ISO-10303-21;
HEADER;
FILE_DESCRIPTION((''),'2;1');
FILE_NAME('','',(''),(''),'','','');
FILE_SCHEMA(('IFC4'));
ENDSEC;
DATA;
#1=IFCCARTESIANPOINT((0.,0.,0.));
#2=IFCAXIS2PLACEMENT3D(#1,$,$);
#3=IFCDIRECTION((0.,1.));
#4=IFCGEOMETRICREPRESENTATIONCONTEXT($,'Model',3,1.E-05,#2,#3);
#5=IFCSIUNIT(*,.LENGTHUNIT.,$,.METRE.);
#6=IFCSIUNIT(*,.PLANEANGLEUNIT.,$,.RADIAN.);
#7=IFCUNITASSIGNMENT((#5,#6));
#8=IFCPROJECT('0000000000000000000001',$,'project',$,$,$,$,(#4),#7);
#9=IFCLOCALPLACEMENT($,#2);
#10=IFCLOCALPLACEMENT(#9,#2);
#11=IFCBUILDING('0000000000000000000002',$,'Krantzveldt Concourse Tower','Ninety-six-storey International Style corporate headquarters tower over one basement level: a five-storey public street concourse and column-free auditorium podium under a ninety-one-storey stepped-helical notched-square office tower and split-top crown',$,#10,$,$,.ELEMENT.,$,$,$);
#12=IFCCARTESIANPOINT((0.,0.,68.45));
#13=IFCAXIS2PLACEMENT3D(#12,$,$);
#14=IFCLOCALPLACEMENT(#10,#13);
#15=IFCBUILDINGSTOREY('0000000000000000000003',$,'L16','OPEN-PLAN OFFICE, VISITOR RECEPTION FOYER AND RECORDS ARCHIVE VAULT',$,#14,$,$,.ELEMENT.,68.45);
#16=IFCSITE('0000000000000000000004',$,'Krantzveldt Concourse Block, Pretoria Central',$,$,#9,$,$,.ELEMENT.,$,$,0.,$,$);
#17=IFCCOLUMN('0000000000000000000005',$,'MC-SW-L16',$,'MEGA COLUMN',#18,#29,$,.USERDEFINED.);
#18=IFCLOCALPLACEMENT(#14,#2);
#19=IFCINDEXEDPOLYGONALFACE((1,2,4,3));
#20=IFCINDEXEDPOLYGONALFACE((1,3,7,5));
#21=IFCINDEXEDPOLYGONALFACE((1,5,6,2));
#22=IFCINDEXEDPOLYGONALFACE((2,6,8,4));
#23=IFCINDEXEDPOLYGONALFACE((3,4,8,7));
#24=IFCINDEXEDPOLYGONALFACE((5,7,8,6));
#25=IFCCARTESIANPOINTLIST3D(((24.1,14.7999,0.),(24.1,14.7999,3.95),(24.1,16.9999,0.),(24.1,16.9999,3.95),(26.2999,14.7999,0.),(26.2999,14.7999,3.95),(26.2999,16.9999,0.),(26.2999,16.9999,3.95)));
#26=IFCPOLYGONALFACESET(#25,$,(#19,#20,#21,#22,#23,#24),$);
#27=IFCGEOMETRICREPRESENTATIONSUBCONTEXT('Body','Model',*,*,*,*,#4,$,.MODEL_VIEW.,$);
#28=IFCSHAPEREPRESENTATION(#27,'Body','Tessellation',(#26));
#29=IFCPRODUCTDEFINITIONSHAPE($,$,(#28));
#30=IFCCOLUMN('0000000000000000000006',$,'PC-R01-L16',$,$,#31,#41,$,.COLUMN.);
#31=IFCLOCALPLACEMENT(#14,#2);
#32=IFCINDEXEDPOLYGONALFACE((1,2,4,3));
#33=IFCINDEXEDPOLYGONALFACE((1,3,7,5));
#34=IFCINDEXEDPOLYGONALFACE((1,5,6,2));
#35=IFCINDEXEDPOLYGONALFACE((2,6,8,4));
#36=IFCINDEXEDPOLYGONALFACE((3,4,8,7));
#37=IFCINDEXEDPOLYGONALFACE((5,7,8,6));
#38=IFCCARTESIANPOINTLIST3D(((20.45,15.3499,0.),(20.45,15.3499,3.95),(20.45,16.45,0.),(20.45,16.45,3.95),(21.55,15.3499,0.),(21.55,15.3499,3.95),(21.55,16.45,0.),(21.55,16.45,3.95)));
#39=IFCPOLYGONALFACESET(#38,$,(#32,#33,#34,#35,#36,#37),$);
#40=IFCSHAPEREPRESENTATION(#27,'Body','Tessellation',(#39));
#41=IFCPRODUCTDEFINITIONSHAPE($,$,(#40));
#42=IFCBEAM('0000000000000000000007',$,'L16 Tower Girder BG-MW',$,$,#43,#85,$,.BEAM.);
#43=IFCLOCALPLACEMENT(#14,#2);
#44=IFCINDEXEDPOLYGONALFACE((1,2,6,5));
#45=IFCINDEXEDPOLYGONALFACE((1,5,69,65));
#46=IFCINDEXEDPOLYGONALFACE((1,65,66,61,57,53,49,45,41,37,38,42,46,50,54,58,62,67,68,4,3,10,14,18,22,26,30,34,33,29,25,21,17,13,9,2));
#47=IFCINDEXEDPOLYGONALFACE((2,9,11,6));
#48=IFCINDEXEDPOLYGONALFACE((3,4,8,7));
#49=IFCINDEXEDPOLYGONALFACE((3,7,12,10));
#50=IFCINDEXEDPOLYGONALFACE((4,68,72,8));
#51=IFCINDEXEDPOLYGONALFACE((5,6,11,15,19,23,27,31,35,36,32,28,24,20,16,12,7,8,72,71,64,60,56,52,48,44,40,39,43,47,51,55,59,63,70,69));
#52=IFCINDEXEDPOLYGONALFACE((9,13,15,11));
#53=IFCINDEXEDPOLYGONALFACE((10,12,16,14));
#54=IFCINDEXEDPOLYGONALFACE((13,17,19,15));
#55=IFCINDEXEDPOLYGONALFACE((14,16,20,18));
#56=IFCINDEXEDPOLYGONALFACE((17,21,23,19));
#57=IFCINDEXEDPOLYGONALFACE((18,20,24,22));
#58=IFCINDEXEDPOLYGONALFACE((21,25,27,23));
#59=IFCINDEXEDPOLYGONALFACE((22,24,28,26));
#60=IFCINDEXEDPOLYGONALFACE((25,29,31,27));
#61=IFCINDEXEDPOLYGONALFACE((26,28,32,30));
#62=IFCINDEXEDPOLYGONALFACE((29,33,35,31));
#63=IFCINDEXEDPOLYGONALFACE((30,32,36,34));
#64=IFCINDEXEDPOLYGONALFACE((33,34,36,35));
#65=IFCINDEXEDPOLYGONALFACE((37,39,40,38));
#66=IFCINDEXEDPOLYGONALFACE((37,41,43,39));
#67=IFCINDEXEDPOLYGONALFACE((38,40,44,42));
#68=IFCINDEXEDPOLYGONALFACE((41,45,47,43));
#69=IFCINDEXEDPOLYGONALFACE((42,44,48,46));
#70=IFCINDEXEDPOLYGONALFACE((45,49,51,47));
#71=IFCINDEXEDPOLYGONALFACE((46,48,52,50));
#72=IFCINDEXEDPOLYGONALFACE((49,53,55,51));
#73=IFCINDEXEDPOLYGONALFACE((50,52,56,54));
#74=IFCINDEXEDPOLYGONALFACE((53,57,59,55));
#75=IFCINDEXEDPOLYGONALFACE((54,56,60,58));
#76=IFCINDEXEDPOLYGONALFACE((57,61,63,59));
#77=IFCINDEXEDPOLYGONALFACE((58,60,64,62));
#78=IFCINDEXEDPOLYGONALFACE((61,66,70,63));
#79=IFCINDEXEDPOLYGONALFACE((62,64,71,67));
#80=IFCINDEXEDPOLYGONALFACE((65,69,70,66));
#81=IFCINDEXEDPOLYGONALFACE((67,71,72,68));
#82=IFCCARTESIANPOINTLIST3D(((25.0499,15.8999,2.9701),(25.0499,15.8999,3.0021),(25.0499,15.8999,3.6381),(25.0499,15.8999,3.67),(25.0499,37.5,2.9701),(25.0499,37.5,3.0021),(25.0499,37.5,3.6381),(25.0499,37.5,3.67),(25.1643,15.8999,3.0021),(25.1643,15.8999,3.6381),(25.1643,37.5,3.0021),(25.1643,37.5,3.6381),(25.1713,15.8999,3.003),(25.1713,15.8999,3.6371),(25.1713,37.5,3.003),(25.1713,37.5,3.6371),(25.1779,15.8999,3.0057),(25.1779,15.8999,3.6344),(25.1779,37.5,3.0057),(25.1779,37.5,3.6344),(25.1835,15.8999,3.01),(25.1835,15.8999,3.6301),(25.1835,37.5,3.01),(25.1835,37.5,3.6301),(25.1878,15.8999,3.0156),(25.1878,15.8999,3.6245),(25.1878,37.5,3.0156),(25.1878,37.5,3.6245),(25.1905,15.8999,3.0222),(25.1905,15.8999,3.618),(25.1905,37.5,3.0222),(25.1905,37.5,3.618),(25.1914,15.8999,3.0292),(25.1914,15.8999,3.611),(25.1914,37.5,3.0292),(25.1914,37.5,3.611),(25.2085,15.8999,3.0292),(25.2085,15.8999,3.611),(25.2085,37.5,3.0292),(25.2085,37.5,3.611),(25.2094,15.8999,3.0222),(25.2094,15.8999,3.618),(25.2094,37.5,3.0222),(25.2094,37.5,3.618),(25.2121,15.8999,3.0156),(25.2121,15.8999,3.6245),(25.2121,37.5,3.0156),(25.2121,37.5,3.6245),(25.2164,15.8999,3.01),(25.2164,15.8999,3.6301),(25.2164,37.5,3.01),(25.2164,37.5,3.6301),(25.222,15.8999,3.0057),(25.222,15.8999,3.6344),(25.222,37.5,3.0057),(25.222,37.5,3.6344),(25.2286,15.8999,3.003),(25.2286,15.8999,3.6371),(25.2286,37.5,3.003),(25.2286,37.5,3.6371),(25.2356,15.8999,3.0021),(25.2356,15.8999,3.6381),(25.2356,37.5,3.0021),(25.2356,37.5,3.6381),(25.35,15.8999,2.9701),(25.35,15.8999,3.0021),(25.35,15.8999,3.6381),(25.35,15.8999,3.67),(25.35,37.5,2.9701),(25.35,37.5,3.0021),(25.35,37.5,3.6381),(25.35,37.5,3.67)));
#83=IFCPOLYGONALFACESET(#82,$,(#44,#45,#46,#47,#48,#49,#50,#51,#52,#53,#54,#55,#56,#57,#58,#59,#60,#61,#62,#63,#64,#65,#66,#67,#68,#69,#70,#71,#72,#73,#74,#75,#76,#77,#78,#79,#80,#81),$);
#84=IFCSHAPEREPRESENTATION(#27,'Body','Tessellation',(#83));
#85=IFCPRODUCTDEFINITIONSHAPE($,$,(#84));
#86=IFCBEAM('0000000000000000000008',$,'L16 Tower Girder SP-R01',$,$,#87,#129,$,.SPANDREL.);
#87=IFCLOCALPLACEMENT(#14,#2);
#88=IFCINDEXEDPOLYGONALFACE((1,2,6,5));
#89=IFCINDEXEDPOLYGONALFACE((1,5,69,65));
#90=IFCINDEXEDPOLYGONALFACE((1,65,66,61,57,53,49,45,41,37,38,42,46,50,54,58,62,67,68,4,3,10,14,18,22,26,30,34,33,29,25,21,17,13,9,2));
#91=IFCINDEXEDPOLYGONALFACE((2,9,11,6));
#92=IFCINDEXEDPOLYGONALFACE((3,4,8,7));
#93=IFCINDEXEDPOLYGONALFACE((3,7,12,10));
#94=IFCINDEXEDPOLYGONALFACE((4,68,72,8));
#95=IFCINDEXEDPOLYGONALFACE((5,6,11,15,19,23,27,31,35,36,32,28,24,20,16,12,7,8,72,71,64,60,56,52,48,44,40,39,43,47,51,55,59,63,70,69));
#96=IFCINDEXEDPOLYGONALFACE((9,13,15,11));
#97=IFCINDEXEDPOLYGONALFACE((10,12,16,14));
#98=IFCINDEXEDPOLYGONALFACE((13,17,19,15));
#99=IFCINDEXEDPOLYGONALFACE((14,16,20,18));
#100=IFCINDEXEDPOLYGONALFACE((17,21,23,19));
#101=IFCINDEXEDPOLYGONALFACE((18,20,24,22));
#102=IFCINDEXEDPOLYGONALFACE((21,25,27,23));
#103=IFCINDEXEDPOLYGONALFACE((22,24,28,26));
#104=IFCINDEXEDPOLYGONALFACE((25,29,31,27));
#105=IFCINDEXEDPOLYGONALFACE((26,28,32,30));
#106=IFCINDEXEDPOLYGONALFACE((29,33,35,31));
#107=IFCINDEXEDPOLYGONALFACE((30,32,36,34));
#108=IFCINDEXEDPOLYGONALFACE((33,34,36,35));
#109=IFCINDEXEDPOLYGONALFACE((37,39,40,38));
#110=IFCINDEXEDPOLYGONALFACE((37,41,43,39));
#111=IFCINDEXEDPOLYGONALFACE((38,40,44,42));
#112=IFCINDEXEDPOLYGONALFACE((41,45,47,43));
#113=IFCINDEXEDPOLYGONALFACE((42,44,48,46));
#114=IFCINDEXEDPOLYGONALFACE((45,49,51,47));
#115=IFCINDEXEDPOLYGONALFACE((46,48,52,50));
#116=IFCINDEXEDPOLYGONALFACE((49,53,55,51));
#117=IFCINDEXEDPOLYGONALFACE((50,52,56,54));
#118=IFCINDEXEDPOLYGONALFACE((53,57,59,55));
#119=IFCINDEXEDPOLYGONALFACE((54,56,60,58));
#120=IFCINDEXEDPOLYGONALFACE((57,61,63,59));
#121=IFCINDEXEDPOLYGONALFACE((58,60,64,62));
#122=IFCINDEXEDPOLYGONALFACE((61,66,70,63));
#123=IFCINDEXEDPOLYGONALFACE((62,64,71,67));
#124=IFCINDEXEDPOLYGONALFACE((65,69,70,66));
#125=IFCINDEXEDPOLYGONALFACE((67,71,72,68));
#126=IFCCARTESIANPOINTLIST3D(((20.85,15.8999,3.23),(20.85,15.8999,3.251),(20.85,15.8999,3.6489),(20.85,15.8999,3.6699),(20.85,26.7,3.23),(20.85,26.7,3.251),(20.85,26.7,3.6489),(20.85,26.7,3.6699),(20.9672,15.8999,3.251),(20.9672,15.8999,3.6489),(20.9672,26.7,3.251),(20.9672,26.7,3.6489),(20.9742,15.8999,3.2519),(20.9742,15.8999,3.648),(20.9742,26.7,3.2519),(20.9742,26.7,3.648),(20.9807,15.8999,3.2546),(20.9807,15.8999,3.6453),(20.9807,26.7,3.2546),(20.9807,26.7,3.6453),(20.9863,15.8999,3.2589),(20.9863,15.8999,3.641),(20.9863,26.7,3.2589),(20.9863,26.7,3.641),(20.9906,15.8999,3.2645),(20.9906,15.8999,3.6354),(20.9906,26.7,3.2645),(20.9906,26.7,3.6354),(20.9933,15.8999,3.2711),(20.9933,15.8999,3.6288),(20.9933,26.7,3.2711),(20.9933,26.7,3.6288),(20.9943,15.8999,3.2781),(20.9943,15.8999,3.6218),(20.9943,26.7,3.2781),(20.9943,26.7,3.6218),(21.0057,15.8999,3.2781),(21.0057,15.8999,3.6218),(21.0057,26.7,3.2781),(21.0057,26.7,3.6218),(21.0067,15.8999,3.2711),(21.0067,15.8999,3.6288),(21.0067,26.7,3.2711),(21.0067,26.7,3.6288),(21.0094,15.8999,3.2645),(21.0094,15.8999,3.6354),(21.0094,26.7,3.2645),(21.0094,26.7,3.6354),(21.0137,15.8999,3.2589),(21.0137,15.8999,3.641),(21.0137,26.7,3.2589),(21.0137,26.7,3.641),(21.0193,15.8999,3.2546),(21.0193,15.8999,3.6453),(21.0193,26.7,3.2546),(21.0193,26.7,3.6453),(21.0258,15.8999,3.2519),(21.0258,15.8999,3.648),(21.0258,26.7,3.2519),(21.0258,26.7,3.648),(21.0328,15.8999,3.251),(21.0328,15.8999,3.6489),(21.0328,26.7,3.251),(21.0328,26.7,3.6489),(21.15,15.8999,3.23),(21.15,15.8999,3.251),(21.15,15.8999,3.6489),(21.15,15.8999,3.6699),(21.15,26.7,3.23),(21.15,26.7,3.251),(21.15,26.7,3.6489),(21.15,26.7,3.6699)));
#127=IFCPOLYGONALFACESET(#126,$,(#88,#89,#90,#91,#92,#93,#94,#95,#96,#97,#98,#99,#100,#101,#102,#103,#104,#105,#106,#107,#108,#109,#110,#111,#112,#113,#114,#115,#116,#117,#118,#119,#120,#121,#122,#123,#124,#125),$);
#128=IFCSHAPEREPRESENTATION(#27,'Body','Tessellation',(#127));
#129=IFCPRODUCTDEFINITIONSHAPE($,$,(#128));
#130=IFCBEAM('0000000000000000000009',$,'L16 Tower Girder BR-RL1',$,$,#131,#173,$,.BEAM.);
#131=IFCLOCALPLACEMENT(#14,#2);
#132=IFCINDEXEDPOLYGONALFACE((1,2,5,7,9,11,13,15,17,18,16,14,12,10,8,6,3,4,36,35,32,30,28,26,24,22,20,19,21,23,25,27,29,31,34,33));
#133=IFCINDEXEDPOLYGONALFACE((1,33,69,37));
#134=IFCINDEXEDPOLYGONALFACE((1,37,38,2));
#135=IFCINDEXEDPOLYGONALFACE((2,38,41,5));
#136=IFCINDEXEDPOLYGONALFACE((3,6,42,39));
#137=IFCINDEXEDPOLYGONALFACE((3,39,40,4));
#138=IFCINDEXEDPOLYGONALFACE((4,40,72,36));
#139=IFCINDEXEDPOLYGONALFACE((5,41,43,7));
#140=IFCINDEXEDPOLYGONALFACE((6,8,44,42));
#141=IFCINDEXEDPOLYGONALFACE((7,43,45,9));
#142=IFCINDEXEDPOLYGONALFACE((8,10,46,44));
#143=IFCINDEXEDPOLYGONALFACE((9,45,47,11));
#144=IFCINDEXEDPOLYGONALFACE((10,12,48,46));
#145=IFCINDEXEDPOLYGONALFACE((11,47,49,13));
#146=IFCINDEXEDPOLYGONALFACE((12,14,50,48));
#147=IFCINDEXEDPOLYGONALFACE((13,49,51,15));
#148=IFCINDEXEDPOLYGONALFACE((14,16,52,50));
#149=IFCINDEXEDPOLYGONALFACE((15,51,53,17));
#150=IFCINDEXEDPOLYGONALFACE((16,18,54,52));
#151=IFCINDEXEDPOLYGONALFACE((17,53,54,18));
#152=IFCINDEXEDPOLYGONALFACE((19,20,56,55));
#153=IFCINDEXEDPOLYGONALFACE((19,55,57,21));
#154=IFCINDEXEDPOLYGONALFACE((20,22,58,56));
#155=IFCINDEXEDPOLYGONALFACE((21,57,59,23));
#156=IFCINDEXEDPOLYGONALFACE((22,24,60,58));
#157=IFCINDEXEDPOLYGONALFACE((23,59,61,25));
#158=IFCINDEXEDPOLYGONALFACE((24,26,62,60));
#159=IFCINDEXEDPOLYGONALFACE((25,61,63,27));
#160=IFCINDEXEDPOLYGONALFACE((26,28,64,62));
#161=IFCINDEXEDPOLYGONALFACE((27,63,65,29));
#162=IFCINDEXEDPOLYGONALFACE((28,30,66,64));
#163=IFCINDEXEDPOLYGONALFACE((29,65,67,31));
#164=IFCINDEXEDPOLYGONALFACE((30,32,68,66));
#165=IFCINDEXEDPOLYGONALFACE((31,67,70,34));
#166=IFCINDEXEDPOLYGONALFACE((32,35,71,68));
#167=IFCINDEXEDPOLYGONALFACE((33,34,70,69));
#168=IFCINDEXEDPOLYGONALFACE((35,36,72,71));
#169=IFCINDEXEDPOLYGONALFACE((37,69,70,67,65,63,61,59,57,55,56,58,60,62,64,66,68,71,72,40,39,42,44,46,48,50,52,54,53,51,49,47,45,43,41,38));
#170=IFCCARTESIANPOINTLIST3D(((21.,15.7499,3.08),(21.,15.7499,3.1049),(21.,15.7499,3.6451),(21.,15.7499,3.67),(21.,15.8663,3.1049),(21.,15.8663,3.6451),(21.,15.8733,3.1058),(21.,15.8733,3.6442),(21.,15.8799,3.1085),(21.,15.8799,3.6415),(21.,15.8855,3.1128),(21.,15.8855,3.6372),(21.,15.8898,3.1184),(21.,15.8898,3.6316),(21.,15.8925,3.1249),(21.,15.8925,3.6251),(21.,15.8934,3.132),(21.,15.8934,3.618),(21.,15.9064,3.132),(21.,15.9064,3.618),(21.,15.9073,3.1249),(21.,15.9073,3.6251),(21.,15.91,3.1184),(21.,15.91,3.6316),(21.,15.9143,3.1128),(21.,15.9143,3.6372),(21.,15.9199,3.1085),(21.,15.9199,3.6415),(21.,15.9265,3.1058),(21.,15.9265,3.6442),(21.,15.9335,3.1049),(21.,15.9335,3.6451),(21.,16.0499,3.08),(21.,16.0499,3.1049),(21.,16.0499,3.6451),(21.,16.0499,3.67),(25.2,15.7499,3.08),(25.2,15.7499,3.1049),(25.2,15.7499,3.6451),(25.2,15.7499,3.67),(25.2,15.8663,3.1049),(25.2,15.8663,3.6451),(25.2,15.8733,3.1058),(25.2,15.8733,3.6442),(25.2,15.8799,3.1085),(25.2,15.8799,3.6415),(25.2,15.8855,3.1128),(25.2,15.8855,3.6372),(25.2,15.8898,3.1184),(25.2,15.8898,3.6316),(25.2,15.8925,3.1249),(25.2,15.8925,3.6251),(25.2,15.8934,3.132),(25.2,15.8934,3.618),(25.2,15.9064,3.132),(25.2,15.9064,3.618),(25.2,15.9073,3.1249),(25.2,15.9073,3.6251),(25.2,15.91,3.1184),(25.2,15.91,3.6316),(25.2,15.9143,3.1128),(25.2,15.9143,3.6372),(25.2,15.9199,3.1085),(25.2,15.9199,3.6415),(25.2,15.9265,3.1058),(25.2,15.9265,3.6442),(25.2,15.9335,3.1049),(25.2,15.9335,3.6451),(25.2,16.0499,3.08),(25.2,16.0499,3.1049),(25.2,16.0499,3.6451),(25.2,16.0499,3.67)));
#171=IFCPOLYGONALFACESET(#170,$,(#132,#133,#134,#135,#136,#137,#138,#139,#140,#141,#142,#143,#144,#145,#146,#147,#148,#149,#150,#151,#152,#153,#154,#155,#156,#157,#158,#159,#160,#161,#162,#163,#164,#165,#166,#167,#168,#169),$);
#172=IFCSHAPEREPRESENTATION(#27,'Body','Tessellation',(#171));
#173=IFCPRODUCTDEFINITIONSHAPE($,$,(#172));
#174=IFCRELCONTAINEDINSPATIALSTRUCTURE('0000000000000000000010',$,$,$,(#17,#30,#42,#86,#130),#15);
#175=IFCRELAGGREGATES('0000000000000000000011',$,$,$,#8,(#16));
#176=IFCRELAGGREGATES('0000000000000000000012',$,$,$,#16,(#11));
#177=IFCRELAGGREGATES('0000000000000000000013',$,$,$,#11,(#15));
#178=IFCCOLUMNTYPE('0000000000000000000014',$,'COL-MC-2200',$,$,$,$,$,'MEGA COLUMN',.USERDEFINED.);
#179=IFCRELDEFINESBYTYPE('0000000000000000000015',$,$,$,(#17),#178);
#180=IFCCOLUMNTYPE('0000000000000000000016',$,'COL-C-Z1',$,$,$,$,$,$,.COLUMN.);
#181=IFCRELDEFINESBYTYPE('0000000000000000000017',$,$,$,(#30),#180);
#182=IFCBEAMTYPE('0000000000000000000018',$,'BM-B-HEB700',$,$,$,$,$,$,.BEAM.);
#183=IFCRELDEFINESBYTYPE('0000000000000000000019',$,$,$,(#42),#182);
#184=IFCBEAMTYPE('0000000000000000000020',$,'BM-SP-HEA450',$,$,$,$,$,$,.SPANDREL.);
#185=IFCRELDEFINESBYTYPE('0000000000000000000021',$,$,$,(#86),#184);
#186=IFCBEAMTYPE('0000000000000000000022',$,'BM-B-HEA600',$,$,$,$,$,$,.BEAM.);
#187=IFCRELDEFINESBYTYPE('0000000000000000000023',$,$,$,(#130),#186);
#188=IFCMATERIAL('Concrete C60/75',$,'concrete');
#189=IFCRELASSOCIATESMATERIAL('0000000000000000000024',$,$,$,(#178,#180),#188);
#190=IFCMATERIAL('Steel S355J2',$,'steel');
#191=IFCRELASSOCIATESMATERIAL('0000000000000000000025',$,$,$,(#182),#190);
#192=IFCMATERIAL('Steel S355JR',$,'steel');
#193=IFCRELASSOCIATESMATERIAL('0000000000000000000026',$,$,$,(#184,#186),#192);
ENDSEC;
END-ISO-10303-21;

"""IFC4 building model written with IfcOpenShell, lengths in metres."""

from ifc_helpers import new_model, si_unit, direction, frame, origin, origin_2d, place, context, subcontext, project, spatial, rectangle, i_section, extrude, source, transform, mapped, material, material_profile, profile_set, type_object, type_shapes, element, save


model = new_model("IFC4")

# Units and contexts
model_context = context("Model", 3, precision=1e-05, world=origin(), true_north=direction((0.0, 1.0)))
body_context = subcontext(model_context, "Body", "Model", "MODEL_VIEW")
ifc_project = project(units=[si_unit("LENGTHUNIT", "METRE"), si_unit("PLANEANGLEUNIT", "RADIAN")], contexts=[model_context])

# Site, building, storey
site_placement = place(None, origin())
site = spatial("IfcSite", under=ifc_project, at=site_placement, Name="Krantzveldt Concourse Block, Pretoria Central", CompositionType="ELEMENT", RefElevation=0.0)
building_placement = place(site_placement, origin())
building = spatial("IfcBuilding", under=site, at=building_placement, Name="Krantzveldt Concourse Tower", Description="Ninety-six-storey International Style corporate headquarters tower over one basement level: a five-storey public street concourse and column-free auditorium podium under a ninety-one-storey stepped-helical notched-square office tower and split-top crown", CompositionType="ELEMENT")
storey_placement = place(building_placement, frame((0.0, 0.0, 68.45)))
storey = spatial("IfcBuildingStorey", under=building, at=storey_placement, Name="L16", Description="OPEN-PLAN OFFICE, VISITOR RECEPTION FOYER AND RECORDS ARCHIVE VAULT", CompositionType="ELEMENT", Elevation=68.45)

# Columns
ifc_material_1 = material(Name="Concrete C60/75", Category="concrete")
ifc_material_profile_1 = material_profile(ifc_material_1, rectangle(XDim=2.2, YDim=2.2, at=origin_2d()), Name="Concrete C60/75", Category="concrete")
ifc_profile_set_1 = profile_set([ifc_material_profile_1], Name="Concrete C60/75 - RC 2200x2200")
column_type_1 = type_object("IfcColumnType", Name="COL-MC-2200", ElementType="MEGA COLUMN", PredefinedType="USERDEFINED", material=ifc_profile_set_1)
shared_shape_1 = source(origin(), body_context, "Body", "SweptSolid", [
    extrude(rectangle(XDim=2.2, YDim=2.2, at=origin_2d()), origin(), (0.0, 0.0, 1.0), 3.95),
])
type_shapes(column_type_1, [shared_shape_1])
column_1_placement = place(storey_placement, frame((25.2, 15.8999, 0.0), z_axis=(0.0, 0.0, 1.0), x_axis=(1.0, 0.0, 0.0)))
element("IfcColumn", 1, at=column_1_placement, inside=storey, type_object=column_type_1, Name="MC-SW-L16", ObjectType="MEGA COLUMN", PredefinedType="USERDEFINED", context=body_context, shape_type="MappedRepresentation", body=[
    mapped(shared_shape_1, transform((0.0, 0.0, 0.0), x_axis=(1.0, 0.0, 0.0), y_axis=(0.0, 1.0, 0.0), z_axis=(0.0, 0.0, 1.0), scale=1.0)),
])
ifc_material_profile_2 = material_profile(ifc_material_1, rectangle(XDim=1.1001, YDim=1.1001, at=origin_2d()), Name="Concrete C60/75", Category="concrete")
ifc_profile_set_2 = profile_set([ifc_material_profile_2], Name="Concrete C60/75 - RC 1100x1100")
column_type_2 = type_object("IfcColumnType", Name="COL-C-Z1", PredefinedType="COLUMN", material=ifc_profile_set_2)
shared_shape_2 = source(origin(), body_context, "Body", "SweptSolid", [
    extrude(rectangle(XDim=1.1001, YDim=1.1001, at=origin_2d()), origin(), (0.0, 0.0, 1.0), 3.95),
])
type_shapes(column_type_2, [shared_shape_2])
column_2_placement = place(storey_placement, frame((21.0, 15.8999, 0.0), z_axis=(0.0, 0.0, 1.0), x_axis=(1.0, 0.0, 0.0)))
element("IfcColumn", 2, at=column_2_placement, inside=storey, type_object=column_type_2, Name="PC-R01-L16", PredefinedType="COLUMN", context=body_context, shape_type="MappedRepresentation", body=[
    mapped(shared_shape_2, transform((0.0, 0.0, 0.0), x_axis=(1.0, 0.0, 0.0), y_axis=(0.0, 1.0, 0.0), z_axis=(0.0, 0.0, 1.0), scale=1.0)),
])

# Beams
ifc_material_2 = material(Name="Steel S355J2", Category="steel")
ifc_material_profile_3 = material_profile(ifc_material_2, i_section(OverallWidth=0.3, OverallDepth=0.7, WebThickness=0.0171, FlangeThickness=0.032, FilletRadius=0.0271, at=origin_2d()), Name="Steel S355J2", Category="steel")
ifc_profile_set_3 = profile_set([ifc_material_profile_3], Name="Steel S355J2 - HEB 700")
beam_type_1 = type_object("IfcBeamType", Name="BM-B-HEB700", PredefinedType="BEAM", material=ifc_profile_set_3)
shared_shape_3 = source(origin(), body_context, "Body", "SweptSolid", [
    extrude(i_section(OverallWidth=0.3, OverallDepth=0.7, WebThickness=0.0171, FlangeThickness=0.032, FilletRadius=0.0271, at=origin_2d()), origin(), (0.0, 0.0, 1.0), 21.6001),
])
type_shapes(beam_type_1, [shared_shape_3])
beam_1_placement = place(storey_placement, frame((25.2, 15.8999, 3.3201), z_axis=(0.0, 1.0, 0.0), x_axis=(-1.0, 0.0, 0.0)))
element("IfcBeam", 3, at=beam_1_placement, inside=storey, type_object=beam_type_1, Name="L16 Tower Girder BG-MW", PredefinedType="BEAM", context=body_context, shape_type="MappedRepresentation", body=[
    mapped(shared_shape_3, transform((0.0, 0.0, 0.0), x_axis=(1.0, 0.0, 0.0), y_axis=(0.0, 1.0, 0.0), z_axis=(0.0, 0.0, 1.0), scale=1.0)),
])
ifc_material_3 = material(Name="Steel S355JR", Category="steel")
ifc_material_profile_4 = material_profile(ifc_material_3, i_section(OverallWidth=0.3, OverallDepth=0.4399, WebThickness=0.0115, FlangeThickness=0.021, FilletRadius=0.0271, at=origin_2d()), Name="Steel S355JR", Category="steel")
ifc_profile_set_4 = profile_set([ifc_material_profile_4], Name="Steel S355JR - HEA 450")
beam_type_2 = type_object("IfcBeamType", Name="BM-SP-HEA450", PredefinedType="SPANDREL", material=ifc_profile_set_4)
shared_shape_4 = source(origin(), body_context, "Body", "SweptSolid", [
    extrude(i_section(OverallWidth=0.3, OverallDepth=0.4399, WebThickness=0.0115, FlangeThickness=0.021, FilletRadius=0.0271, at=origin_2d()), origin(), (0.0, 0.0, 1.0), 10.8),
])
type_shapes(beam_type_2, [shared_shape_4])
beam_2_placement = place(storey_placement, frame((21.0, 15.8999, 3.45), z_axis=(0.0, 1.0, 0.0), x_axis=(-1.0, 0.0, 0.0)))
element("IfcBeam", 4, at=beam_2_placement, inside=storey, type_object=beam_type_2, Name="L16 Tower Girder SP-R01", PredefinedType="SPANDREL", context=body_context, shape_type="MappedRepresentation", body=[
    mapped(shared_shape_4, transform((0.0, 0.0, 0.0), x_axis=(1.0, 0.0, 0.0), y_axis=(0.0, 1.0, 0.0), z_axis=(0.0, 0.0, 1.0), scale=1.0)),
])
ifc_material_profile_5 = material_profile(ifc_material_3, i_section(OverallWidth=0.3, OverallDepth=0.5901, WebThickness=0.0129, FlangeThickness=0.0249, FilletRadius=0.0271, at=origin_2d()), Name="Steel S355JR", Category="steel")
ifc_profile_set_5 = profile_set([ifc_material_profile_5], Name="Steel S355JR - HEA 600")
beam_type_3 = type_object("IfcBeamType", Name="BM-B-HEA600", PredefinedType="BEAM", material=ifc_profile_set_5)
shared_shape_5 = source(origin(), body_context, "Body", "SweptSolid", [
    extrude(i_section(OverallWidth=0.3, OverallDepth=0.5901, WebThickness=0.0129, FlangeThickness=0.0249, FilletRadius=0.0271, at=origin_2d()), origin(), (0.0, 0.0, 1.0), 4.2),
])
beam_3_placement = place(storey_placement, frame((21.0, 15.8999, 3.375), z_axis=(1.0, 0.0, 0.0), x_axis=(0.0, 1.0, 0.0)))
element("IfcBeam", 5, at=beam_3_placement, inside=storey, type_object=beam_type_3, Name="L16 Tower Girder BR-RL1", PredefinedType="BEAM", context=body_context, shape_type="MappedRepresentation", body=[
    mapped(shared_shape_5, transform((0.0, 0.0, 0.0), x_axis=(1.0, 0.0, 0.0), y_axis=(0.0, 1.0, 0.0), z_axis=(0.0, 0.0, 1.0), scale=1.0)),
])

save(model, "model.ifc")
